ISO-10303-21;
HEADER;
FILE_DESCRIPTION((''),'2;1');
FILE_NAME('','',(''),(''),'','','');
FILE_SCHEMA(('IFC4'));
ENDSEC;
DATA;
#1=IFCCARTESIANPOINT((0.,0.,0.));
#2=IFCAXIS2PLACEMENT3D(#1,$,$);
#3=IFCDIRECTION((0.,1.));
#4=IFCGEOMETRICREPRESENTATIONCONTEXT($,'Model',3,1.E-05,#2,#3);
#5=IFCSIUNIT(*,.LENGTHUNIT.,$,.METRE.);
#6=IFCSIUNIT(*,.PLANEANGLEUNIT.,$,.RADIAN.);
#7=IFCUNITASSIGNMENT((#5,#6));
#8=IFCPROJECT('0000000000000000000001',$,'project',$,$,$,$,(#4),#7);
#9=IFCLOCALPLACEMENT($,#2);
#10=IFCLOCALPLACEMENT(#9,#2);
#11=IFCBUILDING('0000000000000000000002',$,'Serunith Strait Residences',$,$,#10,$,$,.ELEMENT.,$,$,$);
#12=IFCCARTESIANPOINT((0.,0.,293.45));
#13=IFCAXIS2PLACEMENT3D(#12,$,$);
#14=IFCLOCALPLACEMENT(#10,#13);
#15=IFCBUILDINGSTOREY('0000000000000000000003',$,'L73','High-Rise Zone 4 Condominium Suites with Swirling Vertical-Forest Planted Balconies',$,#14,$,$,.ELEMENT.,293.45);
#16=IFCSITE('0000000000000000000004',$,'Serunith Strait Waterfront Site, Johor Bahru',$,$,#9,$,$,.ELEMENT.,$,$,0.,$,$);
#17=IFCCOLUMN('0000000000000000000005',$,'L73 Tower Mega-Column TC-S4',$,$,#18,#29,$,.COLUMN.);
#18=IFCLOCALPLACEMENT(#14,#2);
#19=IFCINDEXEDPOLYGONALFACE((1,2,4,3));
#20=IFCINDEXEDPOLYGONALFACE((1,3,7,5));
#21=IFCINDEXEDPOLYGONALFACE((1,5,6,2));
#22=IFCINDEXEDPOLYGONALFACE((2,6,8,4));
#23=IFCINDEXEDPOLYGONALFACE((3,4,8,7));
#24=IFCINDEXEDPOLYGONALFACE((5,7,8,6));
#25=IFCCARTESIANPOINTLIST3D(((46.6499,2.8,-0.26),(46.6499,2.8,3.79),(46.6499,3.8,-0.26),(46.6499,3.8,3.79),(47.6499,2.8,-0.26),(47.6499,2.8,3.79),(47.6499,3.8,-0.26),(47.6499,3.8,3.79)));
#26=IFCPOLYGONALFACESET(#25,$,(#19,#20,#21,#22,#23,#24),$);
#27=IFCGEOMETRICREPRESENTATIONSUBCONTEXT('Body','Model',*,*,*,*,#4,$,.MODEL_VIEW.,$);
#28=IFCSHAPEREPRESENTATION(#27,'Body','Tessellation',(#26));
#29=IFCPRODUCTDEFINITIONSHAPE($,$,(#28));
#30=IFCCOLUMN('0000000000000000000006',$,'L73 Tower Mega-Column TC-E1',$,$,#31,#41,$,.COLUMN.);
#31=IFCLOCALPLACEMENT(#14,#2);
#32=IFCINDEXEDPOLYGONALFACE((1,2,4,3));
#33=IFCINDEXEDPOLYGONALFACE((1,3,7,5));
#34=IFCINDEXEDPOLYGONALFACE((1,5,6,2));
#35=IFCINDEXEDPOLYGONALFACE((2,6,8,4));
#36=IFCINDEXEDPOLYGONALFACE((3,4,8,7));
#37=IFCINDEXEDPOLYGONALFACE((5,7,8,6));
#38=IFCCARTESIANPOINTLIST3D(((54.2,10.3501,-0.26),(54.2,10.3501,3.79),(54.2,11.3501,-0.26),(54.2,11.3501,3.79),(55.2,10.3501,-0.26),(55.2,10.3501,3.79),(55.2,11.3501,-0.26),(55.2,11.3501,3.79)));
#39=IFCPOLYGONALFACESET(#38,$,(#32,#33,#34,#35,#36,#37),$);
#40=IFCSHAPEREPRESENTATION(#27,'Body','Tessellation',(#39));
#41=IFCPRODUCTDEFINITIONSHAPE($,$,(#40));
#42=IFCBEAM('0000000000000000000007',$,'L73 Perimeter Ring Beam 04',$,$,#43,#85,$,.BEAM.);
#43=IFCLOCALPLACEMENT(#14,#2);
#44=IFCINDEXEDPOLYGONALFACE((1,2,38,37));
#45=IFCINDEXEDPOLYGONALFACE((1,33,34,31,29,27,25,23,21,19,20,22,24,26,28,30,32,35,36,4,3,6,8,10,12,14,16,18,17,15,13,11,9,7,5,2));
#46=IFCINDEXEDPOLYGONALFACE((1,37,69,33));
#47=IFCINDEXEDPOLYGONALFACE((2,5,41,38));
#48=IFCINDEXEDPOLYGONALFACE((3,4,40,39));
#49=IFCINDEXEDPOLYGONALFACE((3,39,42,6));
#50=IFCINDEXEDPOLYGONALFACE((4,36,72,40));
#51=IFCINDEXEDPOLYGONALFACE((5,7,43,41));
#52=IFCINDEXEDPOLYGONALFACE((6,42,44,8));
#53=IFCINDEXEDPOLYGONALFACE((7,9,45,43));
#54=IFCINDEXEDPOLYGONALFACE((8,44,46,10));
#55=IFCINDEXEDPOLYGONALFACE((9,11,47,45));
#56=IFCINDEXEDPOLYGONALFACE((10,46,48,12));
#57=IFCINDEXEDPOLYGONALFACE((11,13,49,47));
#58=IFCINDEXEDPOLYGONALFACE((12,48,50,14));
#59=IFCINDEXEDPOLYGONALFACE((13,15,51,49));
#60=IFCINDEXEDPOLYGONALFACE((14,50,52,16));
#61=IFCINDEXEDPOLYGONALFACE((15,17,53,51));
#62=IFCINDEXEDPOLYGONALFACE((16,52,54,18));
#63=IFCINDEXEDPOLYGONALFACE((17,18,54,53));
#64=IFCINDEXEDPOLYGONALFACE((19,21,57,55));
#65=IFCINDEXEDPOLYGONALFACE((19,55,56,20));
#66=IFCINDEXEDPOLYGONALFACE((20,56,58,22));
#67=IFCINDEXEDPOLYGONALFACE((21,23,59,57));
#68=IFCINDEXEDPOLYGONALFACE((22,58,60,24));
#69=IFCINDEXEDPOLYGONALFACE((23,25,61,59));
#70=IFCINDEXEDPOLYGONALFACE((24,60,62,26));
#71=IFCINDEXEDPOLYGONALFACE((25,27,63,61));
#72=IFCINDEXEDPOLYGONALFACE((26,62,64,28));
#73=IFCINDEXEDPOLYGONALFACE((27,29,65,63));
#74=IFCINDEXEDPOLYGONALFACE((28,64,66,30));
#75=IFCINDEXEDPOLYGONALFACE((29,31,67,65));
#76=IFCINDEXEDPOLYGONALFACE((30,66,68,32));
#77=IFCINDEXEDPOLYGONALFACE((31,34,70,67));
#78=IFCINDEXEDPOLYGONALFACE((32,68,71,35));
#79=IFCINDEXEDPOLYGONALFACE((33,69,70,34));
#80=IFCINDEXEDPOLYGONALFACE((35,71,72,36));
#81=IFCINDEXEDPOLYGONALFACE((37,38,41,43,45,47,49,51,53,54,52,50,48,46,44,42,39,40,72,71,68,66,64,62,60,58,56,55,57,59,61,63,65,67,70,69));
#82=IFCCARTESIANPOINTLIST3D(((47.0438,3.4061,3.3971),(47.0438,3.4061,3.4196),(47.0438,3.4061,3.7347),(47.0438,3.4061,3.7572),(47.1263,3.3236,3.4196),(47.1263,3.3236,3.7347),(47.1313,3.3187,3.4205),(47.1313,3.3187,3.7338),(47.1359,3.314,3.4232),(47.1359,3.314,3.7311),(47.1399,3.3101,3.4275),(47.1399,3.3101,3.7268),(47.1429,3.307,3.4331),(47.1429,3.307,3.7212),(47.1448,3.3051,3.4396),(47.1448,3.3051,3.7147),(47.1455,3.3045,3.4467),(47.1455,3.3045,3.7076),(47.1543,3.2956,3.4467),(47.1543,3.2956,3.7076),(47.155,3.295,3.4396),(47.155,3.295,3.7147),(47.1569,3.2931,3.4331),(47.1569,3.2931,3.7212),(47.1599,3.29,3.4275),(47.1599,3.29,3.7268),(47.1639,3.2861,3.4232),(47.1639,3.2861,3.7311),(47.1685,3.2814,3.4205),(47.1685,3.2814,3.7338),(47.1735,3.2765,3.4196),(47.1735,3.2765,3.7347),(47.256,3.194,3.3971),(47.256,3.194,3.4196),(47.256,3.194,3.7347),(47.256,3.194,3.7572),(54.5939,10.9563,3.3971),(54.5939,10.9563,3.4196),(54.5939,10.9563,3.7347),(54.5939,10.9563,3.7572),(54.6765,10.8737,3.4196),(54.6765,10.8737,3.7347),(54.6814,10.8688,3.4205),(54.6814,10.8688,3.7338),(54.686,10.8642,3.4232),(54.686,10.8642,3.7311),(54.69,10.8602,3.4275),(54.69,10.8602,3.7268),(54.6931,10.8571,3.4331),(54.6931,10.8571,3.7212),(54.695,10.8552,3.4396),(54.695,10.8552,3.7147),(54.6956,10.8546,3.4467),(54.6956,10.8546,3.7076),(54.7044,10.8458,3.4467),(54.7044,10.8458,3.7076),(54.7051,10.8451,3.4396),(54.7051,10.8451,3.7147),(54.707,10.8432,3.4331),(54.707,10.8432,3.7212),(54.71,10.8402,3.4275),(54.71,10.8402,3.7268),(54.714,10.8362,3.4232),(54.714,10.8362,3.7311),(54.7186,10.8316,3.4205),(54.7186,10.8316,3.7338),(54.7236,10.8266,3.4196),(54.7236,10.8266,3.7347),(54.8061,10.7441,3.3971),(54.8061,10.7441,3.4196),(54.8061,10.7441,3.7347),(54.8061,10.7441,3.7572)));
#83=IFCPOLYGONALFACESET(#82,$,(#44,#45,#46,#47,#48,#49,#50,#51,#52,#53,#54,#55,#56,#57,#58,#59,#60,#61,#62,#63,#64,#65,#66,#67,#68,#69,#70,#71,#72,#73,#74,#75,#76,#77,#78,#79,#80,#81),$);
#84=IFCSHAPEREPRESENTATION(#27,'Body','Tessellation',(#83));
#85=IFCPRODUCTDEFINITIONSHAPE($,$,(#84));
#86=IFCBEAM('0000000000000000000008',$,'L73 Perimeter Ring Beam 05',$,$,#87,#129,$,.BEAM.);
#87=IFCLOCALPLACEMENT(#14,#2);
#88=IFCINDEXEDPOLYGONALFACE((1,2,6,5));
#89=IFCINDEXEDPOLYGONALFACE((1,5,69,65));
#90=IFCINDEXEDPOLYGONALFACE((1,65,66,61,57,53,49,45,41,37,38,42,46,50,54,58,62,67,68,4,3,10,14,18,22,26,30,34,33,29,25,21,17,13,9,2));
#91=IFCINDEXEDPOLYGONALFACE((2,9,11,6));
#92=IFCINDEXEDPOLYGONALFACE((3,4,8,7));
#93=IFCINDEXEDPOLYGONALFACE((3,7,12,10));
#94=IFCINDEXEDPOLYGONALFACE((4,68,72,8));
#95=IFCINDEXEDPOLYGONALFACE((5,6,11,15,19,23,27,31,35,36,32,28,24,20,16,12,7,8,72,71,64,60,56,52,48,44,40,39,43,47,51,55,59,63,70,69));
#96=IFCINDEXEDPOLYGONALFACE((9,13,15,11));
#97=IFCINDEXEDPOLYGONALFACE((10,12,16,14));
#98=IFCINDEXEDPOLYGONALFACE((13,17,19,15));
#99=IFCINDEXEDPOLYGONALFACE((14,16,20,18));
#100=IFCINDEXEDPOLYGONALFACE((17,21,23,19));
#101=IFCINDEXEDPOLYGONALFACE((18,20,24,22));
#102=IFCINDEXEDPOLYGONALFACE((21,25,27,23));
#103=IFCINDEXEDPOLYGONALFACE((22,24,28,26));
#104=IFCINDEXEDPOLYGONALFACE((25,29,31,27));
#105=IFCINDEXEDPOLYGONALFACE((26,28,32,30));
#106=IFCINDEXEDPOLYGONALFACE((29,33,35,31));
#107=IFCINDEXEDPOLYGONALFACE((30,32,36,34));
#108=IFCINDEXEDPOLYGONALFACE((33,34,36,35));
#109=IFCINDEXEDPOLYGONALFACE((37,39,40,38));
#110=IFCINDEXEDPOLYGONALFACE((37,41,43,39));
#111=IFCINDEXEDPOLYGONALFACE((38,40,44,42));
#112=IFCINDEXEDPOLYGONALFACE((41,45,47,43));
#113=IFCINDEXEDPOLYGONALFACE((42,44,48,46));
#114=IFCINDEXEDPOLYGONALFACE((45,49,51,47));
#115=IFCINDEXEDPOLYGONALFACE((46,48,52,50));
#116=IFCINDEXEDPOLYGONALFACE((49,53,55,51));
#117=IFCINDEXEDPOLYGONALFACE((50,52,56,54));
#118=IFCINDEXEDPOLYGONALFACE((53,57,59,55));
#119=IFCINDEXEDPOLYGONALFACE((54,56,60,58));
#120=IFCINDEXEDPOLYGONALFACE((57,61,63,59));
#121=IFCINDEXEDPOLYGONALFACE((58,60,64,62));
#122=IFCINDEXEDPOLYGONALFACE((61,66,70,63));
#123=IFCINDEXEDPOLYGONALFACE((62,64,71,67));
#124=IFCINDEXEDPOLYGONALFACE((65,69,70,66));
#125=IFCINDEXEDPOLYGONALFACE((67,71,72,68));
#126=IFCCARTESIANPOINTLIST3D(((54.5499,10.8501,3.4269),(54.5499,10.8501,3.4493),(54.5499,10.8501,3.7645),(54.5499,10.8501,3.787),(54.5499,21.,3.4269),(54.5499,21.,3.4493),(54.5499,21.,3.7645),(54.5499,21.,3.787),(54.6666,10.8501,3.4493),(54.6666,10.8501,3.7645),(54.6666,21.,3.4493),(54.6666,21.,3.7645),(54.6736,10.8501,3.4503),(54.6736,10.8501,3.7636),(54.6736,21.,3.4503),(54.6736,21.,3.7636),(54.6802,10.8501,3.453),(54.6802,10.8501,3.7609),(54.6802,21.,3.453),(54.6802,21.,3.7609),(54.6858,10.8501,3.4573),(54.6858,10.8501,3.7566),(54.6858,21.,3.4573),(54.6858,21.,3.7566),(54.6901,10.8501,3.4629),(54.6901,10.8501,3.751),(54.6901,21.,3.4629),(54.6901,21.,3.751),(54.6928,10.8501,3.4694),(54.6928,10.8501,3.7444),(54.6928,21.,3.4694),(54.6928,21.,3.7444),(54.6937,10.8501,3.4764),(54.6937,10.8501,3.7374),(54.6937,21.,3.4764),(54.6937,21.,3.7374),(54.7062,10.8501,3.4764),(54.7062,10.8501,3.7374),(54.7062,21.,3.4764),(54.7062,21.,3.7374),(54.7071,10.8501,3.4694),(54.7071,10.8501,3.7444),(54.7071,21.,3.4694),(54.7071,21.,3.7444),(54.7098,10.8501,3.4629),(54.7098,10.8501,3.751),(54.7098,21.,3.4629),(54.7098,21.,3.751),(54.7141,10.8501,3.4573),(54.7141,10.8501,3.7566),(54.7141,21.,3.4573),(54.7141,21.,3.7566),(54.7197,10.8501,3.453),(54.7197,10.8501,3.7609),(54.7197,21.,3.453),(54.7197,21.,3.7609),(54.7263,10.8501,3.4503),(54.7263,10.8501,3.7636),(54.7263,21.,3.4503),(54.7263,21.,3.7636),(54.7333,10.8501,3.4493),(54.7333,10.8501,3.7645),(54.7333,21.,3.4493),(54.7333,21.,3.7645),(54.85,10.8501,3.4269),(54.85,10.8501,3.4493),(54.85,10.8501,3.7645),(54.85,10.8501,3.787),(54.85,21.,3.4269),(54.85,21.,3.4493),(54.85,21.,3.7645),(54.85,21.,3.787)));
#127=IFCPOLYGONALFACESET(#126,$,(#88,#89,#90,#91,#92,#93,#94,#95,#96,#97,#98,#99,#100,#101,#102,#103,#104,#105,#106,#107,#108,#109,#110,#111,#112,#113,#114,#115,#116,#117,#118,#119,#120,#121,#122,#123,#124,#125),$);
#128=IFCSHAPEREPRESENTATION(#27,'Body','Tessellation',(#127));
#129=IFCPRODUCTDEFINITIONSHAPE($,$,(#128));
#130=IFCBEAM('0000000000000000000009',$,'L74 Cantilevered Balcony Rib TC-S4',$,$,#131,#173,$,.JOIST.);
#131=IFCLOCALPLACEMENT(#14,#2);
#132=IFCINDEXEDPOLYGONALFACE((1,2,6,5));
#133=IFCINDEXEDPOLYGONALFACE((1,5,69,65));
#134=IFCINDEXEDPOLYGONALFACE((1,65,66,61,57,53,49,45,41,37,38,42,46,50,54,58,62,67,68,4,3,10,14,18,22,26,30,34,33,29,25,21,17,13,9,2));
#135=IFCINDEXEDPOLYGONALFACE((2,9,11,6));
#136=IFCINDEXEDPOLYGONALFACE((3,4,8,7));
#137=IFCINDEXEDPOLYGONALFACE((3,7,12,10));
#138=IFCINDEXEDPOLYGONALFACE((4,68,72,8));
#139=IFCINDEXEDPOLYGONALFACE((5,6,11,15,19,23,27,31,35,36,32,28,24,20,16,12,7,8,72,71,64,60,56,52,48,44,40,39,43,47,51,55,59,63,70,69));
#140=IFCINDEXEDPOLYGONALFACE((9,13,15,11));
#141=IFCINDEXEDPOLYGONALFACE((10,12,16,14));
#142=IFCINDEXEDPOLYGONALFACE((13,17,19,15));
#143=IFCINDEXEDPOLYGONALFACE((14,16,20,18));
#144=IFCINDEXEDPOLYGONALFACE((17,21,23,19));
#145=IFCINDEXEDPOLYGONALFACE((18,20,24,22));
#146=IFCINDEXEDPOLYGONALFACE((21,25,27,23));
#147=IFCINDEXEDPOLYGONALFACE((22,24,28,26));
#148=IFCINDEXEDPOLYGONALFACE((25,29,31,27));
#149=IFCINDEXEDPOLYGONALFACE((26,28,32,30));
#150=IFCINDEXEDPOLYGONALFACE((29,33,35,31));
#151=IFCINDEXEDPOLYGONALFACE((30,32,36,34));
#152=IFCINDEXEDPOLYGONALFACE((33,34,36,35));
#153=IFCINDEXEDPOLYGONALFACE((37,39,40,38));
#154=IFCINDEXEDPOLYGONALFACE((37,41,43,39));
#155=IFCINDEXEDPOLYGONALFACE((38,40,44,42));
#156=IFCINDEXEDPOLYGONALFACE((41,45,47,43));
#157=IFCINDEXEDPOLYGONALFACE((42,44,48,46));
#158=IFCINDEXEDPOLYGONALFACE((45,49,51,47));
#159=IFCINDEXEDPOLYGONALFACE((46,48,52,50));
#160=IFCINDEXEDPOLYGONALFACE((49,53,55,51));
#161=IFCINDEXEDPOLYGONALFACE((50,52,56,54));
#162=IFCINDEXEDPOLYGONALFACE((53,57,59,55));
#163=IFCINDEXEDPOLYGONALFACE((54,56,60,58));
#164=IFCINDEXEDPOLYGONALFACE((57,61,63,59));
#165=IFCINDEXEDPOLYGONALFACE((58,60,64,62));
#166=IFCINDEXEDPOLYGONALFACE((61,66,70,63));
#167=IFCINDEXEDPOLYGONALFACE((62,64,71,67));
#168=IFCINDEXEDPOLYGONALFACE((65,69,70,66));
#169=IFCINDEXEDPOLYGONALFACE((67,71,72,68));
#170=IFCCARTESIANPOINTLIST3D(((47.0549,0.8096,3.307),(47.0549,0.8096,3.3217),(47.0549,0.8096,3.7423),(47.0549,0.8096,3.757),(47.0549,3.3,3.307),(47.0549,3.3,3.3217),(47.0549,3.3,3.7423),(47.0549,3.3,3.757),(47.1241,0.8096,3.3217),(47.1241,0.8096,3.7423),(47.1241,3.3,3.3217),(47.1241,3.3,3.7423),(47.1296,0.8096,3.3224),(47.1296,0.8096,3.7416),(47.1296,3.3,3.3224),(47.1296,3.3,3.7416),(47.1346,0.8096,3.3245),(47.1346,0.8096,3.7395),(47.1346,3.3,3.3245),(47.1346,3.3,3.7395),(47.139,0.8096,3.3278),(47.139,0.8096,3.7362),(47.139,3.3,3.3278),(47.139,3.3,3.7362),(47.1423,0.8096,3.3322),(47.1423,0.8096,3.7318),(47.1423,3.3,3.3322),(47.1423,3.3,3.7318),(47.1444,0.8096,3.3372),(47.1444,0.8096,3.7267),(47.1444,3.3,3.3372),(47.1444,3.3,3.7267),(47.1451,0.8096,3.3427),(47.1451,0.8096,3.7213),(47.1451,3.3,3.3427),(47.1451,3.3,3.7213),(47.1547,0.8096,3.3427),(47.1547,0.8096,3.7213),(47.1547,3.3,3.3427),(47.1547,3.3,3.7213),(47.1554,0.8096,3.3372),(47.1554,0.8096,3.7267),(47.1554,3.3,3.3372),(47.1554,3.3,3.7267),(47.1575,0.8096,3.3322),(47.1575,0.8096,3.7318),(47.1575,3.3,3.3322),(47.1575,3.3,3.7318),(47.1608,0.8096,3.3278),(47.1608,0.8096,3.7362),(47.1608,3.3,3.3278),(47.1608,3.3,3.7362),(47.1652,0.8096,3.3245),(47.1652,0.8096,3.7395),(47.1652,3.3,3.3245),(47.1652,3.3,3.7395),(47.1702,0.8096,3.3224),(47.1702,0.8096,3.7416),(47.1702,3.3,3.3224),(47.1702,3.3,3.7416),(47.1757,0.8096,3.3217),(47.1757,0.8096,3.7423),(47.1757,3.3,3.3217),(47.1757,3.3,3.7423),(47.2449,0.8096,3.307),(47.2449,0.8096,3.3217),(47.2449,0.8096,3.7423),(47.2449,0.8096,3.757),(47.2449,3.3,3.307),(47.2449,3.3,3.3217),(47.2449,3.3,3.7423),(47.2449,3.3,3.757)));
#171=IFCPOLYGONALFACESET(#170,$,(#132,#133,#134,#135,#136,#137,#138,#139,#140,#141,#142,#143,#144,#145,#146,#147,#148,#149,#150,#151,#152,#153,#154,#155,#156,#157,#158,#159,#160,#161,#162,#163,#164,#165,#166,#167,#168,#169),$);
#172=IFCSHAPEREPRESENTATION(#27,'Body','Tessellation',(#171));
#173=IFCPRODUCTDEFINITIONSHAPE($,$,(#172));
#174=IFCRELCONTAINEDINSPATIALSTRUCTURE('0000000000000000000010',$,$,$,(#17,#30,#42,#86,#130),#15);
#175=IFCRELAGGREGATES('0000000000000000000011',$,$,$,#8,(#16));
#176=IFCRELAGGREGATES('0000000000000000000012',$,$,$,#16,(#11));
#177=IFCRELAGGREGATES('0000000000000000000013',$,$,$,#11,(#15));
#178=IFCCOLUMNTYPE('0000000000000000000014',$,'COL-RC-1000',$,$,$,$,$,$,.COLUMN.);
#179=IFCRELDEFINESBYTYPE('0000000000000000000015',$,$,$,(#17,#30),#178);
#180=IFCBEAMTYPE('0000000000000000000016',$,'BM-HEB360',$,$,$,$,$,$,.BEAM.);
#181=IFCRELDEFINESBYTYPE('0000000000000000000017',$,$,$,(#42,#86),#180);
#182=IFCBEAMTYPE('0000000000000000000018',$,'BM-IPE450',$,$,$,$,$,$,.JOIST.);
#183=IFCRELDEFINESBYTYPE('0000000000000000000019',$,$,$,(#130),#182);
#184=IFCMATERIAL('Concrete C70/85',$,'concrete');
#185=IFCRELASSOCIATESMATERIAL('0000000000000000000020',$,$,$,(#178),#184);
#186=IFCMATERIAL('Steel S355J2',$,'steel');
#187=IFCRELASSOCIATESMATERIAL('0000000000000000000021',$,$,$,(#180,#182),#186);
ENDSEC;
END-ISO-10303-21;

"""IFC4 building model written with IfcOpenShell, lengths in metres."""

from ifc_helpers import new_model, si_unit, direction, frame, origin, origin_2d, place, context, subcontext, project, spatial, rectangle, i_section, extrude, source, transform, mapped, material, material_profile, profile_set, type_object, element, save


model = new_model("IFC4")

# Units and contexts
model_context = context("Model", 3, precision=1e-05, world=origin(), true_north=direction((0.0, 1.0)))
body_context = subcontext(model_context, "Body", "Model", "MODEL_VIEW")
ifc_project = project(units=[si_unit("LENGTHUNIT", "METRE"), si_unit("PLANEANGLEUNIT", "RADIAN")], contexts=[model_context])

# Site, building, storey
site_placement = place(None, origin())
site = spatial("IfcSite", under=ifc_project, at=site_placement, Name="Serunith Strait Waterfront Site, Johor Bahru", CompositionType="ELEMENT", RefElevation=0.0)
building_placement = place(site_placement, origin())
building = spatial("IfcBuilding", under=site, at=building_placement, Name="Serunith Strait Residences", CompositionType="ELEMENT")
storey_placement = place(building_placement, frame((0.0, 0.0, 293.45)))
storey = spatial("IfcBuildingStorey", under=building, at=storey_placement, Name="L73", Description="High-Rise Zone 4 Condominium Suites with Swirling Vertical-Forest Planted Balconies", CompositionType="ELEMENT", Elevation=293.45)

# Columns
ifc_material_1 = material(Name="Concrete C70/85", Category="concrete")
ifc_material_profile_1 = material_profile(ifc_material_1, rectangle(XDim=1.0, YDim=1.0, at=origin_2d()), Name="RC 1000x1000")
ifc_profile_set_1 = profile_set([ifc_material_profile_1], Name="Concrete C70/85")
column_type = type_object("IfcColumnType", Name="COL-RC-1000", PredefinedType="COLUMN", material=ifc_profile_set_1)
shared_shape_1 = source(origin(), body_context, "Body", "SweptSolid", [
    extrude(rectangle(XDim=1.0, YDim=1.0, at=origin_2d()), origin(), (0.0, 0.0, 1.0), 4.05),
])
for number, where, z_axis, x_axis, name in (
    (1, (47.1499, 3.3, -0.26), (0.0, 0.0, 1.0), (1.0, 0.0, 0.0), "L73 Tower Mega-Column TC-S4"),
    (2, (54.7, 10.8501, -0.26), (0.0, 0.0, 1.0), (1.0, 0.0, 0.0), "L73 Tower Mega-Column TC-E1"),
):
    element("IfcColumn", number, at=place(storey_placement, frame(where, z_axis=z_axis, x_axis=x_axis)), inside=storey, type_object=column_type, Name=name, PredefinedType="COLUMN", context=body_context, shape_type="MappedRepresentation", body=[
        mapped(shared_shape_1, transform((0.0, 0.0, 0.0), scale=1.0)),
    ])

# Beams
ifc_material_2 = material(Name="Steel S355J2", Category="steel")
ifc_material_profile_2 = material_profile(ifc_material_2, i_section(OverallWidth=0.3, OverallDepth=0.3601, WebThickness=0.0125, FlangeThickness=0.0225, FilletRadius=0.0271, at=origin_2d()), Name="HEB 360")
ifc_profile_set_2 = profile_set([ifc_material_profile_2], Name="Steel S355J2")
beam_type_1 = type_object("IfcBeamType", Name="BM-HEB360", PredefinedType="BEAM", material=ifc_profile_set_2)
shared_shape_2 = source(origin(), body_context, "Body", "SweptSolid", [
    extrude(i_section(OverallWidth=0.3, OverallDepth=0.3601, WebThickness=0.0125, FlangeThickness=0.0225, FilletRadius=0.0271, at=origin_2d()), origin(), (0.0, 0.0, 1.0), 10.6775),
])
beam_1_placement = place(storey_placement, frame((47.1499, 3.3, 3.5771), z_axis=(0.707107, 0.707107, 0.0), x_axis=(-0.707107, 0.707107, 0.0)))
element("IfcBeam", 3, at=beam_1_placement, inside=storey, type_object=beam_type_1, Name="L73 Perimeter Ring Beam 04", PredefinedType="BEAM", context=body_context, shape_type="MappedRepresentation", body=[
    mapped(shared_shape_2, transform((0.0, 0.0, 0.0), scale=1.0)),
])
shared_shape_3 = source(origin(), body_context, "Body", "SweptSolid", [
    extrude(i_section(OverallWidth=0.3, OverallDepth=0.3601, WebThickness=0.0125, FlangeThickness=0.0225, FilletRadius=0.0271, at=origin_2d()), origin(), (0.0, 0.0, 1.0), 10.1499),
])
beam_2_placement = place(storey_placement, frame((54.7, 10.8501, 3.6069), z_axis=(0.0, 1.0, 0.0), x_axis=(-1.0, 0.0, 0.0)))
element("IfcBeam", 4, at=beam_2_placement, inside=storey, type_object=beam_type_1, Name="L73 Perimeter Ring Beam 05", PredefinedType="BEAM", context=body_context, shape_type="MappedRepresentation", body=[
    mapped(shared_shape_3, transform((0.0, 0.0, 0.0), scale=1.0)),
])
ifc_material_profile_3 = material_profile(ifc_material_2, i_section(OverallWidth=0.1899, OverallDepth=0.45, WebThickness=0.0095, FlangeThickness=0.0146, FilletRadius=0.021, at=origin_2d()), Name="IPE 450")
ifc_profile_set_3 = profile_set([ifc_material_profile_3], Name="Steel S355J2")
beam_type_2 = type_object("IfcBeamType", Name="BM-IPE450", PredefinedType="JOIST", material=ifc_profile_set_3)
shared_shape_4 = source(origin(), body_context, "Body", "SweptSolid", [
    extrude(i_section(OverallWidth=0.1899, OverallDepth=0.45, WebThickness=0.0095, FlangeThickness=0.0146, FilletRadius=0.021, at=origin_2d()), origin(), (0.0, 0.0, 1.0), 2.4905),
])
beam_3_placement = place(storey_placement, frame((47.1499, 3.3, 3.532), z_axis=(0.0, -1.0, 0.0), x_axis=(1.0, 0.0, 0.0)))
element("IfcBeam", 5, at=beam_3_placement, inside=storey, type_object=beam_type_2, Name="L74 Cantilevered Balcony Rib TC-S4", PredefinedType="JOIST", context=body_context, shape_type="MappedRepresentation", body=[
    mapped(shared_shape_4, transform((0.0, 0.0, 0.0), scale=1.0)),
])

save(model, "model.ifc")
